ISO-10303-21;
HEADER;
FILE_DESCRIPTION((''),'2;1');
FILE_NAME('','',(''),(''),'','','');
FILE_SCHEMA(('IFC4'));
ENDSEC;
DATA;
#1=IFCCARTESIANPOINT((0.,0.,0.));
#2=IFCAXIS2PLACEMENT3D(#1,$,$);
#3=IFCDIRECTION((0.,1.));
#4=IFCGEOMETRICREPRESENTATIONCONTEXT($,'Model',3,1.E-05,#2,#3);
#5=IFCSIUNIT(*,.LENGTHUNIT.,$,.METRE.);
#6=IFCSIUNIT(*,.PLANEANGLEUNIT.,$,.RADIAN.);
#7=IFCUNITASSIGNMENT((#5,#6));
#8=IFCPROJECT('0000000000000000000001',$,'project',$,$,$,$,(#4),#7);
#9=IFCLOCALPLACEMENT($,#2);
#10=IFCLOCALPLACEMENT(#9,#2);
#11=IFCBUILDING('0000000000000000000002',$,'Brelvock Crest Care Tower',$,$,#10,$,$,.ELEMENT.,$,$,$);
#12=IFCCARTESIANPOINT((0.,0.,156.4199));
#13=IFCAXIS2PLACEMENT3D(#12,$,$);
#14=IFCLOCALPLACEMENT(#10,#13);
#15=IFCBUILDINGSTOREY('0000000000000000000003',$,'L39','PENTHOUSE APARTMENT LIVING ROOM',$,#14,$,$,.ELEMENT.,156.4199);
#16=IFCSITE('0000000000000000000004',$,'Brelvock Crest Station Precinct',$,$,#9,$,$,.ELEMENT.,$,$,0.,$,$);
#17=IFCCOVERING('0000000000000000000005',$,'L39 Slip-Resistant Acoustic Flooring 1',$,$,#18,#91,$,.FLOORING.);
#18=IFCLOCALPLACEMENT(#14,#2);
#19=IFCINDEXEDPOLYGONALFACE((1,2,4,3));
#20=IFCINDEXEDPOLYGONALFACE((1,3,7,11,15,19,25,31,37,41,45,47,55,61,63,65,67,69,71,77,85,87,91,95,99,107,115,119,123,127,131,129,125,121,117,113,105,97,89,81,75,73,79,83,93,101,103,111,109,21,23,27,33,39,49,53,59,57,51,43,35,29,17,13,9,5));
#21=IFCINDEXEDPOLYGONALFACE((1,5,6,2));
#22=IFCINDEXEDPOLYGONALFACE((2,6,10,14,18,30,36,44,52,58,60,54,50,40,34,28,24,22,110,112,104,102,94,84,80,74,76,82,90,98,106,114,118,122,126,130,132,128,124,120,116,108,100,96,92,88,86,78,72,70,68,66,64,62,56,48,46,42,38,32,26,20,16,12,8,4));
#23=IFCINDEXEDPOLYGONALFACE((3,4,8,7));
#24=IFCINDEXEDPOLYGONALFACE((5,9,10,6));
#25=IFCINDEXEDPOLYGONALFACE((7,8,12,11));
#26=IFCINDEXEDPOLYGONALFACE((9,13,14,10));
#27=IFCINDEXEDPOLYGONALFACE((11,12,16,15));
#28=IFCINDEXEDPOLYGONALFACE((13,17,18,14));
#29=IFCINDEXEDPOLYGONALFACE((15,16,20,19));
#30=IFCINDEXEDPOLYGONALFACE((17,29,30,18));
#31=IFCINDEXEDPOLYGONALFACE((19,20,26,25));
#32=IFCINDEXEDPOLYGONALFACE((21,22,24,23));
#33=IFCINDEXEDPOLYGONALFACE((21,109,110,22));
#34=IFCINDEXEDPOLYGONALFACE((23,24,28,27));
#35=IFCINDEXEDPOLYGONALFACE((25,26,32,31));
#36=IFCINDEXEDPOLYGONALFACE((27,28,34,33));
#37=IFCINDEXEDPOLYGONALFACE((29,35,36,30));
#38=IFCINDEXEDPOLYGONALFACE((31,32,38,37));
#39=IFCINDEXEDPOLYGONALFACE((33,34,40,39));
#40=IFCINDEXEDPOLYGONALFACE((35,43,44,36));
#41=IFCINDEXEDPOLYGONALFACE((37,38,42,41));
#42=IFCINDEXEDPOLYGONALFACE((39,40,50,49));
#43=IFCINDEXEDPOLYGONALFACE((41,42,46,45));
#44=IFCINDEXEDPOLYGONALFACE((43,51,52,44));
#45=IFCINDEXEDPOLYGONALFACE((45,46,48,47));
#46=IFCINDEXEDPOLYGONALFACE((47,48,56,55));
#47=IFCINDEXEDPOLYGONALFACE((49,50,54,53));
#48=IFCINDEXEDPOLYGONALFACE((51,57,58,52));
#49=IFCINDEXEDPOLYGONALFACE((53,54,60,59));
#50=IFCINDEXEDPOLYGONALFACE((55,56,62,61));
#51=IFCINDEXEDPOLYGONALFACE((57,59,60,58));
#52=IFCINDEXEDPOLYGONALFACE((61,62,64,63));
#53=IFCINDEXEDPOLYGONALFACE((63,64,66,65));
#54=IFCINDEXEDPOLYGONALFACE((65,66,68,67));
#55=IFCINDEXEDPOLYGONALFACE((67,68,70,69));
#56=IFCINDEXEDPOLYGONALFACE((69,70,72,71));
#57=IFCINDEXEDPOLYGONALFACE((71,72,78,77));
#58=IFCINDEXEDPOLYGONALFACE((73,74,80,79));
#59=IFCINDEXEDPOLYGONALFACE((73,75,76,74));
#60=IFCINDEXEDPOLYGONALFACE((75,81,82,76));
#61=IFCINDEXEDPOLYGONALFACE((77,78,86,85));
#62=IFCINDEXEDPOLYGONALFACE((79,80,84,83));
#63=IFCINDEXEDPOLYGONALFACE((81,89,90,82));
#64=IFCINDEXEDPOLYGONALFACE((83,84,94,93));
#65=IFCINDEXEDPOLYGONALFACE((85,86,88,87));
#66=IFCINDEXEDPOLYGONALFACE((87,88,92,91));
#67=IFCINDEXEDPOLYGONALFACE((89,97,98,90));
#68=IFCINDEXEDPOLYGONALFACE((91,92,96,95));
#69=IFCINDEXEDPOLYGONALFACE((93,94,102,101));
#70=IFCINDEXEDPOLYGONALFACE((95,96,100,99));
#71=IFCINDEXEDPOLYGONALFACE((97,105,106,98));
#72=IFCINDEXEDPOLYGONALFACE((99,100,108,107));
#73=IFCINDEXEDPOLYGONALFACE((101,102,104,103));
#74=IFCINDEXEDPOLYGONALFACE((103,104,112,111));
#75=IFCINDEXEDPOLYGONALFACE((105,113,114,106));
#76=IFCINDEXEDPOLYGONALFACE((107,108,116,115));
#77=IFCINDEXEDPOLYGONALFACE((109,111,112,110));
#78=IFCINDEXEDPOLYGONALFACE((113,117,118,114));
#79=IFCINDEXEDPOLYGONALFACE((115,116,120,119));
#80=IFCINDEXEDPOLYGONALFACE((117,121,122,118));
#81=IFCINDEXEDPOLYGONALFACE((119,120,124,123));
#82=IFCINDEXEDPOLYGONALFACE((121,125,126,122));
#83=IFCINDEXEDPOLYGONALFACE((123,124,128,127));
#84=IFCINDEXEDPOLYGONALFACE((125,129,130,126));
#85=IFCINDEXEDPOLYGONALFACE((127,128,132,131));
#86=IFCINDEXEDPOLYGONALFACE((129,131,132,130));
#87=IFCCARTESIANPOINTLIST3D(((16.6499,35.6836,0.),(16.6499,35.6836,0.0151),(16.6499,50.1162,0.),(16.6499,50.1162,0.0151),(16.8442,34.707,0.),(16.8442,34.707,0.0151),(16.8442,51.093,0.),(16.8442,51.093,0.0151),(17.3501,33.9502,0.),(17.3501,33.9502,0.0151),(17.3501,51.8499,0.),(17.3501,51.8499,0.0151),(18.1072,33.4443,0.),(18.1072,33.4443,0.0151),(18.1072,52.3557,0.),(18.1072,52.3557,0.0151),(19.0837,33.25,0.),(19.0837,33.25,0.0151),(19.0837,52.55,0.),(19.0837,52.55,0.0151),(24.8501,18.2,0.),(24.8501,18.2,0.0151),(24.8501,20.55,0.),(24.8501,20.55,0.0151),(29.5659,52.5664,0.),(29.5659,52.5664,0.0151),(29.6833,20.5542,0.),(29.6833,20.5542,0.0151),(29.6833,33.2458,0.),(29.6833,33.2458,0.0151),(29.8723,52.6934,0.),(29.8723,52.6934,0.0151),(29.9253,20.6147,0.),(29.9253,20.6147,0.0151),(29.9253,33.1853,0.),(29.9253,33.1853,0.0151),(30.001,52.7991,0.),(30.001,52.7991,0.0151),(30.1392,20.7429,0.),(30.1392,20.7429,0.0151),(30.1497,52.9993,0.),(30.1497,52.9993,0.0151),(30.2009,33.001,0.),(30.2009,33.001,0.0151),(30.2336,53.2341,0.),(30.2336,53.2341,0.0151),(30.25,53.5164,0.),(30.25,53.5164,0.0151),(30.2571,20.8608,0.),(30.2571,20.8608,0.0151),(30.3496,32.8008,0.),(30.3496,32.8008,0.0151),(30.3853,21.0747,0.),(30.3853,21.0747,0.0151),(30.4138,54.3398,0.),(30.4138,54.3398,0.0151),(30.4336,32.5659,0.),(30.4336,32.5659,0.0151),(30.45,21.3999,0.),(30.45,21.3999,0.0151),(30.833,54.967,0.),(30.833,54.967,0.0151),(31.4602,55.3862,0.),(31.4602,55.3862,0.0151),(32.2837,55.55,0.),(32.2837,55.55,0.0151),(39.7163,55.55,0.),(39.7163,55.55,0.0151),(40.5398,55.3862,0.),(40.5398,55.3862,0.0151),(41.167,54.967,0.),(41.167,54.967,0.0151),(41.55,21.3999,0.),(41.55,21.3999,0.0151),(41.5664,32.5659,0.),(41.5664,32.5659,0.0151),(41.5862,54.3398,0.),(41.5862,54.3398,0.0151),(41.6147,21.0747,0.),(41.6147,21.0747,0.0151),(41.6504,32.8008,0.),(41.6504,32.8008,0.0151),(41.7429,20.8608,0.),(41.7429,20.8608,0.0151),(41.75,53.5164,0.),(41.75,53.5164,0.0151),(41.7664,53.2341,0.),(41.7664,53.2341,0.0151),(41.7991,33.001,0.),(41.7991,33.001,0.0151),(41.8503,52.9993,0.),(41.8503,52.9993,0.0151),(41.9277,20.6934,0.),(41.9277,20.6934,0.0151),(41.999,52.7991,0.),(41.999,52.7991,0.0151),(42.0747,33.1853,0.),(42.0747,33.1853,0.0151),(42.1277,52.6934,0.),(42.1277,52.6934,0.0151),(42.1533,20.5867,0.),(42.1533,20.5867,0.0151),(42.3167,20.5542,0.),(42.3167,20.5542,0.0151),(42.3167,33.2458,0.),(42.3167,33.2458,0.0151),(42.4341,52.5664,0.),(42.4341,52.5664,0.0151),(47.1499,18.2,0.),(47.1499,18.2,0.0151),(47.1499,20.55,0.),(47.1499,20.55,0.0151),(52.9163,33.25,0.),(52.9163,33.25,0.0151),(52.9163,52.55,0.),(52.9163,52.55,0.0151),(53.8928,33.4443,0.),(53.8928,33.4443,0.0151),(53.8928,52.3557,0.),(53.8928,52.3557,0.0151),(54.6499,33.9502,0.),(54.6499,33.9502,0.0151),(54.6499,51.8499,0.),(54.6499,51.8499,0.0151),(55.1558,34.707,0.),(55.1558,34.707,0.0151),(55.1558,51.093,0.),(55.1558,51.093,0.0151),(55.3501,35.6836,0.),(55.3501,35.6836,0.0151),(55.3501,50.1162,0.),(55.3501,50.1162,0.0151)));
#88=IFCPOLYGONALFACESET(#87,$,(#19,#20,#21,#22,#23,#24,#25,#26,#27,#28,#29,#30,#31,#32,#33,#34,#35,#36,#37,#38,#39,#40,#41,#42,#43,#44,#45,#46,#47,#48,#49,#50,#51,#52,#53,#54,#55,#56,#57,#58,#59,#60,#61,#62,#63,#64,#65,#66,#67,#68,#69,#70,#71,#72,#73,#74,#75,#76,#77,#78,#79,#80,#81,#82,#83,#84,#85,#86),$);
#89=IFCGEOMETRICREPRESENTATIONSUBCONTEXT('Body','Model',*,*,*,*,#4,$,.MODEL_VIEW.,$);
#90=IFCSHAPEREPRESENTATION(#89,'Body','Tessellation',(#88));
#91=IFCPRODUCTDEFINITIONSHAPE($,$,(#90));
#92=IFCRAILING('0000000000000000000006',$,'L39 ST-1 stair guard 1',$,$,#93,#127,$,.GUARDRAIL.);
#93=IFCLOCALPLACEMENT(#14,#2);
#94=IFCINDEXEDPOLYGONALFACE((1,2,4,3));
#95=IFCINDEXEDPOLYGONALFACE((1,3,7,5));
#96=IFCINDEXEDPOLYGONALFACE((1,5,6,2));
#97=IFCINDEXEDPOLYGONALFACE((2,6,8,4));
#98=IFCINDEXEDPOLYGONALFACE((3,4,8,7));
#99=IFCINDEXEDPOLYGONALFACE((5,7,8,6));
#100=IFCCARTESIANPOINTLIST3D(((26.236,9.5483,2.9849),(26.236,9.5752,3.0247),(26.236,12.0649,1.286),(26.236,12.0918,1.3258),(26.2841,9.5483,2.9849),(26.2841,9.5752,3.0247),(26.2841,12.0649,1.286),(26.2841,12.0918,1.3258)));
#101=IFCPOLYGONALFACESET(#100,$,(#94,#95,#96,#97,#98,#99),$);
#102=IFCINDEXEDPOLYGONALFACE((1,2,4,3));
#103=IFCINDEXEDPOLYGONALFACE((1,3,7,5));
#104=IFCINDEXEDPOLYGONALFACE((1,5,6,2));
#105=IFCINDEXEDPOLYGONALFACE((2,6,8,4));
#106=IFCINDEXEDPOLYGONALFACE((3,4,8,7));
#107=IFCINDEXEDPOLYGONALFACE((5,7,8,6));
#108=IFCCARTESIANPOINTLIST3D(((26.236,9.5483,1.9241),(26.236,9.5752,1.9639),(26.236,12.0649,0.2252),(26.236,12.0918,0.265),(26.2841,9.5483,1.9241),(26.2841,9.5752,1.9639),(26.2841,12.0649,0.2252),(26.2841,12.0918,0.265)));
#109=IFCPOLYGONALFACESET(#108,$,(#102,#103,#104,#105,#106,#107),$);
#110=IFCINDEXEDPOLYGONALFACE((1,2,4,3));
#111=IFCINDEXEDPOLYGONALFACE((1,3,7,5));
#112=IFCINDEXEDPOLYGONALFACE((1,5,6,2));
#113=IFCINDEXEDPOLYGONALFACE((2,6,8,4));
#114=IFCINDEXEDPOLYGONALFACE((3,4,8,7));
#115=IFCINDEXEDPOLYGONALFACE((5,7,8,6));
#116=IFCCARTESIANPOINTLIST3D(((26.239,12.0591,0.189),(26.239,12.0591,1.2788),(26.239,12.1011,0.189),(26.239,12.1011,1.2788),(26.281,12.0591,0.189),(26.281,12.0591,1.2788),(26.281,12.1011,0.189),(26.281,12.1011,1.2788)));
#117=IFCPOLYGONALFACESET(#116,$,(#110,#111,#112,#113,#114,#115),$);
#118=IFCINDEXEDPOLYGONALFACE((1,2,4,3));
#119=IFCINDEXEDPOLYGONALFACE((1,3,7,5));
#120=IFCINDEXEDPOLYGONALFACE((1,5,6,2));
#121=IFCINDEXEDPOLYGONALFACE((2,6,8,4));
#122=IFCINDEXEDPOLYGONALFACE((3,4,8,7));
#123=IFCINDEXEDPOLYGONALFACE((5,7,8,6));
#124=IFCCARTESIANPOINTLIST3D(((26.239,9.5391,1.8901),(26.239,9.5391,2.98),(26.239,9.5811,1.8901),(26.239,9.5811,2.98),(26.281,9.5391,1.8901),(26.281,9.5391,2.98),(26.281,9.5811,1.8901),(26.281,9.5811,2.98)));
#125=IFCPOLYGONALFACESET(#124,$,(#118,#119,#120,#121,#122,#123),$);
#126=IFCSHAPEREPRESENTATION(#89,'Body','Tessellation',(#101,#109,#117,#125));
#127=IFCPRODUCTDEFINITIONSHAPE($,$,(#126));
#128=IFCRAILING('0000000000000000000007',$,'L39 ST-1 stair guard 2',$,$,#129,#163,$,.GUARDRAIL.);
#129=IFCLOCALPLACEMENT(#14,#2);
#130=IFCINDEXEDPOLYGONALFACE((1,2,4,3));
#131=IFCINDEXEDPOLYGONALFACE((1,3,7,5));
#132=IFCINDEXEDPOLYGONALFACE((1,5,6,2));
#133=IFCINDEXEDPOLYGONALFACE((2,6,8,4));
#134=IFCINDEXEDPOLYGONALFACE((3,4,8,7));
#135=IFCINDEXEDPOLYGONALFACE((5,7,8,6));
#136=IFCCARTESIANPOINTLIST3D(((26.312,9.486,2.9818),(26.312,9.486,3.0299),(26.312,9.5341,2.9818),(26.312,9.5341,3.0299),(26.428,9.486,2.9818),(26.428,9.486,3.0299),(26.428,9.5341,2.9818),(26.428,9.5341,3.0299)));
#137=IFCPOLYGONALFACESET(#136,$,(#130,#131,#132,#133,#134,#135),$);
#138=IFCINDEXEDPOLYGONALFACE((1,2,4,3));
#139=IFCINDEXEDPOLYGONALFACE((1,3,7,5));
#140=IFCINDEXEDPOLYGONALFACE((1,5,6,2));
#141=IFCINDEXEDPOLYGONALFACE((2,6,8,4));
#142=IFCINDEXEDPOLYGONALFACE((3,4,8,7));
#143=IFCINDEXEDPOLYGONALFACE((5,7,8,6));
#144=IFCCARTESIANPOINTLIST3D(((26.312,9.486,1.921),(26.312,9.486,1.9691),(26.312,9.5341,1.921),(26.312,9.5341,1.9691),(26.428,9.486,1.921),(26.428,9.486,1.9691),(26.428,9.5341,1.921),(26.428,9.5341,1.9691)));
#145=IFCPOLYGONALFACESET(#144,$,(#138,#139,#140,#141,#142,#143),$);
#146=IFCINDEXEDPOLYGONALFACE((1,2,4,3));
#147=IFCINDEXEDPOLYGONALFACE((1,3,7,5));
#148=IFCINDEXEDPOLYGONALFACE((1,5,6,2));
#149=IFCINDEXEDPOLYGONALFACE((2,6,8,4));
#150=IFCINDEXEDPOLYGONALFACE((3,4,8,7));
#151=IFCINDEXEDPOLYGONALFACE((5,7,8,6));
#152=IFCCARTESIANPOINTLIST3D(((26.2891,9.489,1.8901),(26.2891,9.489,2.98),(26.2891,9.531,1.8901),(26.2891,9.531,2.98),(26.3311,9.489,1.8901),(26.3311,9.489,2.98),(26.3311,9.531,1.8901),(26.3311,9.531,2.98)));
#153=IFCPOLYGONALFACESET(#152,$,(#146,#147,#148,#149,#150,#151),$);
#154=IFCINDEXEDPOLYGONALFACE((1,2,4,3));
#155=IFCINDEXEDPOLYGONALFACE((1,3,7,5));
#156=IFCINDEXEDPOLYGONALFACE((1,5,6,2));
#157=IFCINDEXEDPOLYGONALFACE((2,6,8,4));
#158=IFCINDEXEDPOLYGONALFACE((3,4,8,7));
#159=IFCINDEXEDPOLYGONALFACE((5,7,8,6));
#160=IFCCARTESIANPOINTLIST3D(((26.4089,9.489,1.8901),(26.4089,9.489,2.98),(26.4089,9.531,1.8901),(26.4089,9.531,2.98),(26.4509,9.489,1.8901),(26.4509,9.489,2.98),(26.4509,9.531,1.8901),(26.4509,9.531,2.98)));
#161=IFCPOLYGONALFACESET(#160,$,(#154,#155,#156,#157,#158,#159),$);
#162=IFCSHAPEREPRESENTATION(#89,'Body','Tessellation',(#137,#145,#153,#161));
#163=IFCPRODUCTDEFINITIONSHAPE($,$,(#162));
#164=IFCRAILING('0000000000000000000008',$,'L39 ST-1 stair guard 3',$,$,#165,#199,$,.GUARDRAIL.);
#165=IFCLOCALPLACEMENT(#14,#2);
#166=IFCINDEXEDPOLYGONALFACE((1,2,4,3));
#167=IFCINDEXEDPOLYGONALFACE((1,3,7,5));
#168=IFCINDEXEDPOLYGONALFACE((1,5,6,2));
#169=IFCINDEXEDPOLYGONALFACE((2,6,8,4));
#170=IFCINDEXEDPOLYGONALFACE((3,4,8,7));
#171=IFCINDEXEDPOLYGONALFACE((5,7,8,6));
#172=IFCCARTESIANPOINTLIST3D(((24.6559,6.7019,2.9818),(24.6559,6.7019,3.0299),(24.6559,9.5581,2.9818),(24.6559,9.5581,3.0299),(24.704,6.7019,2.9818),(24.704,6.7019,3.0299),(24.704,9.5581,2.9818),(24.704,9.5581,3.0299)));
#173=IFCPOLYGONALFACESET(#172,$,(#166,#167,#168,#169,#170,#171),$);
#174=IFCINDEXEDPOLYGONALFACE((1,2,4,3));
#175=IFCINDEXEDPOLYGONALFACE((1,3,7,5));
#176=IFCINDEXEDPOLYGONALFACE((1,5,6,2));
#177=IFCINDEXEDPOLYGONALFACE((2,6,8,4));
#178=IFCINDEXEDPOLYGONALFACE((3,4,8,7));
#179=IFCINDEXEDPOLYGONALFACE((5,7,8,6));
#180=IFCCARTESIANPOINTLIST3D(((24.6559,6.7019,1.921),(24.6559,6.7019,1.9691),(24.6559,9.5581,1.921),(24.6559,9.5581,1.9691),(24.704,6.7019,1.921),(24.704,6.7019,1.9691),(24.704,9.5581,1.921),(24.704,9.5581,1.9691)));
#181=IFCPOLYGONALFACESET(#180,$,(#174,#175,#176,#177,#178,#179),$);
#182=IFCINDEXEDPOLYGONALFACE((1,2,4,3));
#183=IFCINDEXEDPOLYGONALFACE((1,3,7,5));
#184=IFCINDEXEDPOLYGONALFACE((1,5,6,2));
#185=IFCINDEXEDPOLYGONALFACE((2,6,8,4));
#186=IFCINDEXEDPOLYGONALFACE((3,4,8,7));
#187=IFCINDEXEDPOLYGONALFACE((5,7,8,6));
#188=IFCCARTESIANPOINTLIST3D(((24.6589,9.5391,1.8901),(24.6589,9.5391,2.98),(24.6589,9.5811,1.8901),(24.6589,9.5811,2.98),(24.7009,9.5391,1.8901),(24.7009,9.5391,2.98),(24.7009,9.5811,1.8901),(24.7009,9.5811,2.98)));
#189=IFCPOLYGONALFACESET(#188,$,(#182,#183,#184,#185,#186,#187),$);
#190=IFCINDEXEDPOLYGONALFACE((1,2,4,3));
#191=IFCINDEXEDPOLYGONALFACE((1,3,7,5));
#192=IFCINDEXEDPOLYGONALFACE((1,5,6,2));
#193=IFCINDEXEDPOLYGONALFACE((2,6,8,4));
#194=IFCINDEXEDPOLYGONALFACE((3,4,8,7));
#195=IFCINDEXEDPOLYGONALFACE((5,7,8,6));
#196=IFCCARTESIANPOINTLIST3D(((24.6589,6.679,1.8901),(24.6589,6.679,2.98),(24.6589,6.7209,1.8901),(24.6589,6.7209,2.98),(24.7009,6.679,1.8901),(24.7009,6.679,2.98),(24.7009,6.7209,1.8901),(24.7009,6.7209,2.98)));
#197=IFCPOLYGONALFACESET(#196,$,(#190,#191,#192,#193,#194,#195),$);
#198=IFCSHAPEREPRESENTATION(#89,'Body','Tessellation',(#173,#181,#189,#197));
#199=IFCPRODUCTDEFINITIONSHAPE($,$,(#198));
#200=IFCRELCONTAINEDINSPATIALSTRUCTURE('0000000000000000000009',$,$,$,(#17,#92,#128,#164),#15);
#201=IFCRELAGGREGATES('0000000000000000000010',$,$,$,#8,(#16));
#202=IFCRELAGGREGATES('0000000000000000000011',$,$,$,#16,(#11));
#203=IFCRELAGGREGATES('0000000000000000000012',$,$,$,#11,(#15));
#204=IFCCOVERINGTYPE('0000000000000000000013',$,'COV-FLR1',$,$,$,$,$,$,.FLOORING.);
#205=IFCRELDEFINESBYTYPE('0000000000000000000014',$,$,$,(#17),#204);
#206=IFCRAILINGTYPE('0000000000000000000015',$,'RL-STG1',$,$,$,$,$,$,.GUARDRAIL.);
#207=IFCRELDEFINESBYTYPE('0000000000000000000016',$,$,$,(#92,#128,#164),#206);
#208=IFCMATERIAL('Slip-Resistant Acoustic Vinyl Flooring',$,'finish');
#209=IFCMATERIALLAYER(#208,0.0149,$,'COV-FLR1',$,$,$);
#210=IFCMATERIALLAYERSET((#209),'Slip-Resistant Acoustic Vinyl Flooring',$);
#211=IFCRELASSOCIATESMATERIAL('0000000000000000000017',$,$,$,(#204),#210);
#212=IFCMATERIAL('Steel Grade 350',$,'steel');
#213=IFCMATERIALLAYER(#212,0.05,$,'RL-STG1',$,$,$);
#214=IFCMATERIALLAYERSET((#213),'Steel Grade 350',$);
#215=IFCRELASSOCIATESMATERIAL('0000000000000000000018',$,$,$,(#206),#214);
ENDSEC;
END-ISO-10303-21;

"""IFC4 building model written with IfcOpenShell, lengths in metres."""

from ifc_helpers import new_model, si_unit, direction, frame, origin, origin_2d, place, context, subcontext, project, spatial, polyline, rectangle, outline, extrude, material, layer, layer_set, type_object, element, save


model = new_model("IFC4")

# Units and contexts
model_context = context("Model", 3, precision=1e-05, world=origin(), true_north=direction((0.0, 1.0)))
body_context = subcontext(model_context, "Body", "Model", "MODEL_VIEW")
ifc_project = project(units=[si_unit("LENGTHUNIT", "METRE"), si_unit("PLANEANGLEUNIT", "RADIAN")], contexts=[model_context])

# Site, building, storey
site_placement = place(None, origin())
site = spatial("IfcSite", under=ifc_project, at=site_placement, Name="Brelvock Crest Station Precinct", CompositionType="ELEMENT", RefElevation=0.0)
building_placement = place(site_placement, origin())
building = spatial("IfcBuilding", under=site, at=building_placement, Name="Brelvock Crest Care Tower", CompositionType="ELEMENT")
storey_placement = place(building_placement, frame((0.0, 0.0, 156.4199)))
storey = spatial("IfcBuildingStorey", under=building, at=storey_placement, Name="L39", Description="PENTHOUSE APARTMENT LIVING ROOM", CompositionType="ELEMENT", Elevation=156.4199)

# Shared definitions
ifc_material_1 = material(Name="Steel Grade 350", Category="steel")

# Covering
ifc_material_2 = material(Name="Slip-Resistant Acoustic Vinyl Flooring", Category="finish")
ifc_layer_1 = layer(ifc_material_2, 0.0149, Name="COV-FLR1")
ifc_layer_set_1 = layer_set([ifc_layer_1], Name="Slip-Resistant Acoustic Vinyl Flooring")
covering_type_1 = type_object("IfcCoveringType", Name="COV-FLR1", PredefinedType="FLOORING", material=ifc_layer_set_1)
covering_1_placement = place(storey_placement, origin())
element("IfcCovering", 1, at=covering_1_placement, inside=storey, type_object=covering_type_1, Name="L39 Slip-Resistant Acoustic Flooring 1", PredefinedType="FLOORING", context=body_context, shape_type="SweptSolid", body=[
    extrude(outline(polyline([(24.8501, 18.2), (47.1499, 18.2), (47.1499, 20.55), (42.3167, 20.5542), (42.1533, 20.5867), (41.9277, 20.6934), (41.7429, 20.8608), (41.6147, 21.0747), (41.55, 21.3999), (41.5664, 32.5659), (41.6504, 32.8008), (41.7991, 33.001), (42.0747, 33.1853), (42.3167, 33.2458), (52.9163, 33.25), (53.8928, 33.4443), (54.6499, 33.9502), (55.1558, 34.707), (55.3501, 35.6836), (55.3501, 50.1162), (55.1558, 51.093), (54.6499, 51.8499), (53.8928, 52.3557), (52.9163, 52.55), (42.4341, 52.5664), (42.1277, 52.6934), (41.999, 52.7991), (41.8503, 52.9993), (41.7664, 53.2341), (41.75, 53.5164), (41.5862, 54.3398), (41.167, 54.967), (40.5398, 55.3862), (39.7163, 55.55), (32.2837, 55.55), (31.4602, 55.3862), (30.833, 54.967), (30.4138, 54.3398), (30.25, 53.5164), (30.2336, 53.2341), (30.1497, 52.9993), (30.001, 52.7991), (29.8723, 52.6934), (29.5659, 52.5664), (19.0837, 52.55), (18.1072, 52.3557), (17.3501, 51.8499), (16.8442, 51.093), (16.6499, 50.1162), (16.6499, 35.6836), (16.8442, 34.707), (17.3501, 33.9502), (18.1072, 33.4443), (19.0837, 33.25), (29.6833, 33.2458), (29.9253, 33.1853), (30.2009, 33.001), (30.3496, 32.8008), (30.4336, 32.5659), (30.45, 21.3999), (30.3853, 21.0747), (30.2571, 20.8608), (30.1392, 20.7429), (29.9253, 20.6147), (29.6833, 20.5542), (24.8501, 20.55), (24.8501, 18.2)])), origin(), (0.0, 0.0, 1.0), 0.0151),
])

# Railings
ifc_layer_2 = layer(ifc_material_1, 0.05, Name="RL-STG1")
ifc_layer_set_2 = layer_set([ifc_layer_2], Name="Steel Grade 350")
railing_type_1 = type_object("IfcRailingType", Name="RL-STG1", PredefinedType="GUARDRAIL", material=ifc_layer_set_2)
railing_1_placement = place(storey_placement, frame((26.26, 12.0801, 0.189)))
element("IfcRailing", 2, at=railing_1_placement, inside=storey, type_object=railing_type_1, Name="L39 ST-1 stair guard 1", PredefinedType="GUARDRAIL", context=body_context, shape_type="SweptSolid", body=[
    extrude(rectangle(XDim=0.0481, YDim=0.0481, at=origin_2d()), frame((0.0, -0.0017, 1.1169), z_axis=(0.0, -0.828824, 0.559509), x_axis=(1.0, 0.0, 0.0)), (0.0, 0.0, 1.0), 3.0364),
    extrude(rectangle(XDim=0.0481, YDim=0.0481, at=origin_2d()), frame((0.0, -0.0017, 0.0562), z_axis=(0.0, -0.828824, 0.559509), x_axis=(1.0, 0.0, 0.0)), (0.0, 0.0, 1.0), 3.0364),
    extrude(rectangle(XDim=0.042, YDim=0.042, at=origin_2d()), origin(), (0.0, 0.0, 1.0), 1.0898),
    extrude(rectangle(XDim=0.042, YDim=0.042, at=origin_2d()), frame((0.0, -2.52, 1.7012)), (0.0, 0.0, 1.0), 1.0898),
])
railing_2_placement = place(storey_placement, frame((26.3101, 9.51, 1.8901)))
element("IfcRailing", 3, at=railing_2_placement, inside=storey, type_object=railing_type_1, Name="L39 ST-1 stair guard 2", PredefinedType="GUARDRAIL", context=body_context, shape_type="SweptSolid", body=[
    extrude(rectangle(XDim=0.0481, YDim=0.0481, at=origin_2d()), frame((0.002, 0.0, 1.1157), z_axis=(1.0, 0.0, 0.0), x_axis=(0.0, 1.0, 0.0)), (0.0, 0.0, 1.0), 0.116),
    extrude(rectangle(XDim=0.0481, YDim=0.0481, at=origin_2d()), frame((0.002, 0.0, 0.0549), z_axis=(1.0, 0.0, 0.0), x_axis=(0.0, 1.0, 0.0)), (0.0, 0.0, 1.0), 0.116),
    extrude(rectangle(XDim=0.042, YDim=0.042, at=origin_2d()), origin(), (0.0, 0.0, 1.0), 1.0898),
    extrude(rectangle(XDim=0.042, YDim=0.042, at=origin_2d()), frame((0.1199, 0.0, 0.0)), (0.0, 0.0, 1.0), 1.0898),
])
railing_3_placement = place(storey_placement, frame((24.6799, 9.5601, 1.8901)))
element("IfcRailing", 4, at=railing_3_placement, inside=storey, type_object=railing_type_1, Name="L39 ST-1 stair guard 3", PredefinedType="GUARDRAIL", context=body_context, shape_type="SweptSolid", body=[
    extrude(rectangle(XDim=0.0481, YDim=0.0481, at=origin_2d()), frame((0.0, -0.002, 1.1157), z_axis=(0.0, -1.0, 0.0), x_axis=(1.0, 0.0, 0.0)), (0.0, 0.0, 1.0), 2.8562),
    extrude(rectangle(XDim=0.0481, YDim=0.0481, at=origin_2d()), frame((0.0, -0.002, 0.0549), z_axis=(0.0, -1.0, 0.0), x_axis=(1.0, 0.0, 0.0)), (0.0, 0.0, 1.0), 2.8562),
    extrude(rectangle(XDim=0.042, YDim=0.042, at=origin_2d()), origin(), (0.0, 0.0, 1.0), 1.0898),
    extrude(rectangle(XDim=0.042, YDim=0.042, at=origin_2d()), frame((0.0, -2.8601, 0.0)), (0.0, 0.0, 1.0), 1.0898),
])

save(model, "model.ifc")
